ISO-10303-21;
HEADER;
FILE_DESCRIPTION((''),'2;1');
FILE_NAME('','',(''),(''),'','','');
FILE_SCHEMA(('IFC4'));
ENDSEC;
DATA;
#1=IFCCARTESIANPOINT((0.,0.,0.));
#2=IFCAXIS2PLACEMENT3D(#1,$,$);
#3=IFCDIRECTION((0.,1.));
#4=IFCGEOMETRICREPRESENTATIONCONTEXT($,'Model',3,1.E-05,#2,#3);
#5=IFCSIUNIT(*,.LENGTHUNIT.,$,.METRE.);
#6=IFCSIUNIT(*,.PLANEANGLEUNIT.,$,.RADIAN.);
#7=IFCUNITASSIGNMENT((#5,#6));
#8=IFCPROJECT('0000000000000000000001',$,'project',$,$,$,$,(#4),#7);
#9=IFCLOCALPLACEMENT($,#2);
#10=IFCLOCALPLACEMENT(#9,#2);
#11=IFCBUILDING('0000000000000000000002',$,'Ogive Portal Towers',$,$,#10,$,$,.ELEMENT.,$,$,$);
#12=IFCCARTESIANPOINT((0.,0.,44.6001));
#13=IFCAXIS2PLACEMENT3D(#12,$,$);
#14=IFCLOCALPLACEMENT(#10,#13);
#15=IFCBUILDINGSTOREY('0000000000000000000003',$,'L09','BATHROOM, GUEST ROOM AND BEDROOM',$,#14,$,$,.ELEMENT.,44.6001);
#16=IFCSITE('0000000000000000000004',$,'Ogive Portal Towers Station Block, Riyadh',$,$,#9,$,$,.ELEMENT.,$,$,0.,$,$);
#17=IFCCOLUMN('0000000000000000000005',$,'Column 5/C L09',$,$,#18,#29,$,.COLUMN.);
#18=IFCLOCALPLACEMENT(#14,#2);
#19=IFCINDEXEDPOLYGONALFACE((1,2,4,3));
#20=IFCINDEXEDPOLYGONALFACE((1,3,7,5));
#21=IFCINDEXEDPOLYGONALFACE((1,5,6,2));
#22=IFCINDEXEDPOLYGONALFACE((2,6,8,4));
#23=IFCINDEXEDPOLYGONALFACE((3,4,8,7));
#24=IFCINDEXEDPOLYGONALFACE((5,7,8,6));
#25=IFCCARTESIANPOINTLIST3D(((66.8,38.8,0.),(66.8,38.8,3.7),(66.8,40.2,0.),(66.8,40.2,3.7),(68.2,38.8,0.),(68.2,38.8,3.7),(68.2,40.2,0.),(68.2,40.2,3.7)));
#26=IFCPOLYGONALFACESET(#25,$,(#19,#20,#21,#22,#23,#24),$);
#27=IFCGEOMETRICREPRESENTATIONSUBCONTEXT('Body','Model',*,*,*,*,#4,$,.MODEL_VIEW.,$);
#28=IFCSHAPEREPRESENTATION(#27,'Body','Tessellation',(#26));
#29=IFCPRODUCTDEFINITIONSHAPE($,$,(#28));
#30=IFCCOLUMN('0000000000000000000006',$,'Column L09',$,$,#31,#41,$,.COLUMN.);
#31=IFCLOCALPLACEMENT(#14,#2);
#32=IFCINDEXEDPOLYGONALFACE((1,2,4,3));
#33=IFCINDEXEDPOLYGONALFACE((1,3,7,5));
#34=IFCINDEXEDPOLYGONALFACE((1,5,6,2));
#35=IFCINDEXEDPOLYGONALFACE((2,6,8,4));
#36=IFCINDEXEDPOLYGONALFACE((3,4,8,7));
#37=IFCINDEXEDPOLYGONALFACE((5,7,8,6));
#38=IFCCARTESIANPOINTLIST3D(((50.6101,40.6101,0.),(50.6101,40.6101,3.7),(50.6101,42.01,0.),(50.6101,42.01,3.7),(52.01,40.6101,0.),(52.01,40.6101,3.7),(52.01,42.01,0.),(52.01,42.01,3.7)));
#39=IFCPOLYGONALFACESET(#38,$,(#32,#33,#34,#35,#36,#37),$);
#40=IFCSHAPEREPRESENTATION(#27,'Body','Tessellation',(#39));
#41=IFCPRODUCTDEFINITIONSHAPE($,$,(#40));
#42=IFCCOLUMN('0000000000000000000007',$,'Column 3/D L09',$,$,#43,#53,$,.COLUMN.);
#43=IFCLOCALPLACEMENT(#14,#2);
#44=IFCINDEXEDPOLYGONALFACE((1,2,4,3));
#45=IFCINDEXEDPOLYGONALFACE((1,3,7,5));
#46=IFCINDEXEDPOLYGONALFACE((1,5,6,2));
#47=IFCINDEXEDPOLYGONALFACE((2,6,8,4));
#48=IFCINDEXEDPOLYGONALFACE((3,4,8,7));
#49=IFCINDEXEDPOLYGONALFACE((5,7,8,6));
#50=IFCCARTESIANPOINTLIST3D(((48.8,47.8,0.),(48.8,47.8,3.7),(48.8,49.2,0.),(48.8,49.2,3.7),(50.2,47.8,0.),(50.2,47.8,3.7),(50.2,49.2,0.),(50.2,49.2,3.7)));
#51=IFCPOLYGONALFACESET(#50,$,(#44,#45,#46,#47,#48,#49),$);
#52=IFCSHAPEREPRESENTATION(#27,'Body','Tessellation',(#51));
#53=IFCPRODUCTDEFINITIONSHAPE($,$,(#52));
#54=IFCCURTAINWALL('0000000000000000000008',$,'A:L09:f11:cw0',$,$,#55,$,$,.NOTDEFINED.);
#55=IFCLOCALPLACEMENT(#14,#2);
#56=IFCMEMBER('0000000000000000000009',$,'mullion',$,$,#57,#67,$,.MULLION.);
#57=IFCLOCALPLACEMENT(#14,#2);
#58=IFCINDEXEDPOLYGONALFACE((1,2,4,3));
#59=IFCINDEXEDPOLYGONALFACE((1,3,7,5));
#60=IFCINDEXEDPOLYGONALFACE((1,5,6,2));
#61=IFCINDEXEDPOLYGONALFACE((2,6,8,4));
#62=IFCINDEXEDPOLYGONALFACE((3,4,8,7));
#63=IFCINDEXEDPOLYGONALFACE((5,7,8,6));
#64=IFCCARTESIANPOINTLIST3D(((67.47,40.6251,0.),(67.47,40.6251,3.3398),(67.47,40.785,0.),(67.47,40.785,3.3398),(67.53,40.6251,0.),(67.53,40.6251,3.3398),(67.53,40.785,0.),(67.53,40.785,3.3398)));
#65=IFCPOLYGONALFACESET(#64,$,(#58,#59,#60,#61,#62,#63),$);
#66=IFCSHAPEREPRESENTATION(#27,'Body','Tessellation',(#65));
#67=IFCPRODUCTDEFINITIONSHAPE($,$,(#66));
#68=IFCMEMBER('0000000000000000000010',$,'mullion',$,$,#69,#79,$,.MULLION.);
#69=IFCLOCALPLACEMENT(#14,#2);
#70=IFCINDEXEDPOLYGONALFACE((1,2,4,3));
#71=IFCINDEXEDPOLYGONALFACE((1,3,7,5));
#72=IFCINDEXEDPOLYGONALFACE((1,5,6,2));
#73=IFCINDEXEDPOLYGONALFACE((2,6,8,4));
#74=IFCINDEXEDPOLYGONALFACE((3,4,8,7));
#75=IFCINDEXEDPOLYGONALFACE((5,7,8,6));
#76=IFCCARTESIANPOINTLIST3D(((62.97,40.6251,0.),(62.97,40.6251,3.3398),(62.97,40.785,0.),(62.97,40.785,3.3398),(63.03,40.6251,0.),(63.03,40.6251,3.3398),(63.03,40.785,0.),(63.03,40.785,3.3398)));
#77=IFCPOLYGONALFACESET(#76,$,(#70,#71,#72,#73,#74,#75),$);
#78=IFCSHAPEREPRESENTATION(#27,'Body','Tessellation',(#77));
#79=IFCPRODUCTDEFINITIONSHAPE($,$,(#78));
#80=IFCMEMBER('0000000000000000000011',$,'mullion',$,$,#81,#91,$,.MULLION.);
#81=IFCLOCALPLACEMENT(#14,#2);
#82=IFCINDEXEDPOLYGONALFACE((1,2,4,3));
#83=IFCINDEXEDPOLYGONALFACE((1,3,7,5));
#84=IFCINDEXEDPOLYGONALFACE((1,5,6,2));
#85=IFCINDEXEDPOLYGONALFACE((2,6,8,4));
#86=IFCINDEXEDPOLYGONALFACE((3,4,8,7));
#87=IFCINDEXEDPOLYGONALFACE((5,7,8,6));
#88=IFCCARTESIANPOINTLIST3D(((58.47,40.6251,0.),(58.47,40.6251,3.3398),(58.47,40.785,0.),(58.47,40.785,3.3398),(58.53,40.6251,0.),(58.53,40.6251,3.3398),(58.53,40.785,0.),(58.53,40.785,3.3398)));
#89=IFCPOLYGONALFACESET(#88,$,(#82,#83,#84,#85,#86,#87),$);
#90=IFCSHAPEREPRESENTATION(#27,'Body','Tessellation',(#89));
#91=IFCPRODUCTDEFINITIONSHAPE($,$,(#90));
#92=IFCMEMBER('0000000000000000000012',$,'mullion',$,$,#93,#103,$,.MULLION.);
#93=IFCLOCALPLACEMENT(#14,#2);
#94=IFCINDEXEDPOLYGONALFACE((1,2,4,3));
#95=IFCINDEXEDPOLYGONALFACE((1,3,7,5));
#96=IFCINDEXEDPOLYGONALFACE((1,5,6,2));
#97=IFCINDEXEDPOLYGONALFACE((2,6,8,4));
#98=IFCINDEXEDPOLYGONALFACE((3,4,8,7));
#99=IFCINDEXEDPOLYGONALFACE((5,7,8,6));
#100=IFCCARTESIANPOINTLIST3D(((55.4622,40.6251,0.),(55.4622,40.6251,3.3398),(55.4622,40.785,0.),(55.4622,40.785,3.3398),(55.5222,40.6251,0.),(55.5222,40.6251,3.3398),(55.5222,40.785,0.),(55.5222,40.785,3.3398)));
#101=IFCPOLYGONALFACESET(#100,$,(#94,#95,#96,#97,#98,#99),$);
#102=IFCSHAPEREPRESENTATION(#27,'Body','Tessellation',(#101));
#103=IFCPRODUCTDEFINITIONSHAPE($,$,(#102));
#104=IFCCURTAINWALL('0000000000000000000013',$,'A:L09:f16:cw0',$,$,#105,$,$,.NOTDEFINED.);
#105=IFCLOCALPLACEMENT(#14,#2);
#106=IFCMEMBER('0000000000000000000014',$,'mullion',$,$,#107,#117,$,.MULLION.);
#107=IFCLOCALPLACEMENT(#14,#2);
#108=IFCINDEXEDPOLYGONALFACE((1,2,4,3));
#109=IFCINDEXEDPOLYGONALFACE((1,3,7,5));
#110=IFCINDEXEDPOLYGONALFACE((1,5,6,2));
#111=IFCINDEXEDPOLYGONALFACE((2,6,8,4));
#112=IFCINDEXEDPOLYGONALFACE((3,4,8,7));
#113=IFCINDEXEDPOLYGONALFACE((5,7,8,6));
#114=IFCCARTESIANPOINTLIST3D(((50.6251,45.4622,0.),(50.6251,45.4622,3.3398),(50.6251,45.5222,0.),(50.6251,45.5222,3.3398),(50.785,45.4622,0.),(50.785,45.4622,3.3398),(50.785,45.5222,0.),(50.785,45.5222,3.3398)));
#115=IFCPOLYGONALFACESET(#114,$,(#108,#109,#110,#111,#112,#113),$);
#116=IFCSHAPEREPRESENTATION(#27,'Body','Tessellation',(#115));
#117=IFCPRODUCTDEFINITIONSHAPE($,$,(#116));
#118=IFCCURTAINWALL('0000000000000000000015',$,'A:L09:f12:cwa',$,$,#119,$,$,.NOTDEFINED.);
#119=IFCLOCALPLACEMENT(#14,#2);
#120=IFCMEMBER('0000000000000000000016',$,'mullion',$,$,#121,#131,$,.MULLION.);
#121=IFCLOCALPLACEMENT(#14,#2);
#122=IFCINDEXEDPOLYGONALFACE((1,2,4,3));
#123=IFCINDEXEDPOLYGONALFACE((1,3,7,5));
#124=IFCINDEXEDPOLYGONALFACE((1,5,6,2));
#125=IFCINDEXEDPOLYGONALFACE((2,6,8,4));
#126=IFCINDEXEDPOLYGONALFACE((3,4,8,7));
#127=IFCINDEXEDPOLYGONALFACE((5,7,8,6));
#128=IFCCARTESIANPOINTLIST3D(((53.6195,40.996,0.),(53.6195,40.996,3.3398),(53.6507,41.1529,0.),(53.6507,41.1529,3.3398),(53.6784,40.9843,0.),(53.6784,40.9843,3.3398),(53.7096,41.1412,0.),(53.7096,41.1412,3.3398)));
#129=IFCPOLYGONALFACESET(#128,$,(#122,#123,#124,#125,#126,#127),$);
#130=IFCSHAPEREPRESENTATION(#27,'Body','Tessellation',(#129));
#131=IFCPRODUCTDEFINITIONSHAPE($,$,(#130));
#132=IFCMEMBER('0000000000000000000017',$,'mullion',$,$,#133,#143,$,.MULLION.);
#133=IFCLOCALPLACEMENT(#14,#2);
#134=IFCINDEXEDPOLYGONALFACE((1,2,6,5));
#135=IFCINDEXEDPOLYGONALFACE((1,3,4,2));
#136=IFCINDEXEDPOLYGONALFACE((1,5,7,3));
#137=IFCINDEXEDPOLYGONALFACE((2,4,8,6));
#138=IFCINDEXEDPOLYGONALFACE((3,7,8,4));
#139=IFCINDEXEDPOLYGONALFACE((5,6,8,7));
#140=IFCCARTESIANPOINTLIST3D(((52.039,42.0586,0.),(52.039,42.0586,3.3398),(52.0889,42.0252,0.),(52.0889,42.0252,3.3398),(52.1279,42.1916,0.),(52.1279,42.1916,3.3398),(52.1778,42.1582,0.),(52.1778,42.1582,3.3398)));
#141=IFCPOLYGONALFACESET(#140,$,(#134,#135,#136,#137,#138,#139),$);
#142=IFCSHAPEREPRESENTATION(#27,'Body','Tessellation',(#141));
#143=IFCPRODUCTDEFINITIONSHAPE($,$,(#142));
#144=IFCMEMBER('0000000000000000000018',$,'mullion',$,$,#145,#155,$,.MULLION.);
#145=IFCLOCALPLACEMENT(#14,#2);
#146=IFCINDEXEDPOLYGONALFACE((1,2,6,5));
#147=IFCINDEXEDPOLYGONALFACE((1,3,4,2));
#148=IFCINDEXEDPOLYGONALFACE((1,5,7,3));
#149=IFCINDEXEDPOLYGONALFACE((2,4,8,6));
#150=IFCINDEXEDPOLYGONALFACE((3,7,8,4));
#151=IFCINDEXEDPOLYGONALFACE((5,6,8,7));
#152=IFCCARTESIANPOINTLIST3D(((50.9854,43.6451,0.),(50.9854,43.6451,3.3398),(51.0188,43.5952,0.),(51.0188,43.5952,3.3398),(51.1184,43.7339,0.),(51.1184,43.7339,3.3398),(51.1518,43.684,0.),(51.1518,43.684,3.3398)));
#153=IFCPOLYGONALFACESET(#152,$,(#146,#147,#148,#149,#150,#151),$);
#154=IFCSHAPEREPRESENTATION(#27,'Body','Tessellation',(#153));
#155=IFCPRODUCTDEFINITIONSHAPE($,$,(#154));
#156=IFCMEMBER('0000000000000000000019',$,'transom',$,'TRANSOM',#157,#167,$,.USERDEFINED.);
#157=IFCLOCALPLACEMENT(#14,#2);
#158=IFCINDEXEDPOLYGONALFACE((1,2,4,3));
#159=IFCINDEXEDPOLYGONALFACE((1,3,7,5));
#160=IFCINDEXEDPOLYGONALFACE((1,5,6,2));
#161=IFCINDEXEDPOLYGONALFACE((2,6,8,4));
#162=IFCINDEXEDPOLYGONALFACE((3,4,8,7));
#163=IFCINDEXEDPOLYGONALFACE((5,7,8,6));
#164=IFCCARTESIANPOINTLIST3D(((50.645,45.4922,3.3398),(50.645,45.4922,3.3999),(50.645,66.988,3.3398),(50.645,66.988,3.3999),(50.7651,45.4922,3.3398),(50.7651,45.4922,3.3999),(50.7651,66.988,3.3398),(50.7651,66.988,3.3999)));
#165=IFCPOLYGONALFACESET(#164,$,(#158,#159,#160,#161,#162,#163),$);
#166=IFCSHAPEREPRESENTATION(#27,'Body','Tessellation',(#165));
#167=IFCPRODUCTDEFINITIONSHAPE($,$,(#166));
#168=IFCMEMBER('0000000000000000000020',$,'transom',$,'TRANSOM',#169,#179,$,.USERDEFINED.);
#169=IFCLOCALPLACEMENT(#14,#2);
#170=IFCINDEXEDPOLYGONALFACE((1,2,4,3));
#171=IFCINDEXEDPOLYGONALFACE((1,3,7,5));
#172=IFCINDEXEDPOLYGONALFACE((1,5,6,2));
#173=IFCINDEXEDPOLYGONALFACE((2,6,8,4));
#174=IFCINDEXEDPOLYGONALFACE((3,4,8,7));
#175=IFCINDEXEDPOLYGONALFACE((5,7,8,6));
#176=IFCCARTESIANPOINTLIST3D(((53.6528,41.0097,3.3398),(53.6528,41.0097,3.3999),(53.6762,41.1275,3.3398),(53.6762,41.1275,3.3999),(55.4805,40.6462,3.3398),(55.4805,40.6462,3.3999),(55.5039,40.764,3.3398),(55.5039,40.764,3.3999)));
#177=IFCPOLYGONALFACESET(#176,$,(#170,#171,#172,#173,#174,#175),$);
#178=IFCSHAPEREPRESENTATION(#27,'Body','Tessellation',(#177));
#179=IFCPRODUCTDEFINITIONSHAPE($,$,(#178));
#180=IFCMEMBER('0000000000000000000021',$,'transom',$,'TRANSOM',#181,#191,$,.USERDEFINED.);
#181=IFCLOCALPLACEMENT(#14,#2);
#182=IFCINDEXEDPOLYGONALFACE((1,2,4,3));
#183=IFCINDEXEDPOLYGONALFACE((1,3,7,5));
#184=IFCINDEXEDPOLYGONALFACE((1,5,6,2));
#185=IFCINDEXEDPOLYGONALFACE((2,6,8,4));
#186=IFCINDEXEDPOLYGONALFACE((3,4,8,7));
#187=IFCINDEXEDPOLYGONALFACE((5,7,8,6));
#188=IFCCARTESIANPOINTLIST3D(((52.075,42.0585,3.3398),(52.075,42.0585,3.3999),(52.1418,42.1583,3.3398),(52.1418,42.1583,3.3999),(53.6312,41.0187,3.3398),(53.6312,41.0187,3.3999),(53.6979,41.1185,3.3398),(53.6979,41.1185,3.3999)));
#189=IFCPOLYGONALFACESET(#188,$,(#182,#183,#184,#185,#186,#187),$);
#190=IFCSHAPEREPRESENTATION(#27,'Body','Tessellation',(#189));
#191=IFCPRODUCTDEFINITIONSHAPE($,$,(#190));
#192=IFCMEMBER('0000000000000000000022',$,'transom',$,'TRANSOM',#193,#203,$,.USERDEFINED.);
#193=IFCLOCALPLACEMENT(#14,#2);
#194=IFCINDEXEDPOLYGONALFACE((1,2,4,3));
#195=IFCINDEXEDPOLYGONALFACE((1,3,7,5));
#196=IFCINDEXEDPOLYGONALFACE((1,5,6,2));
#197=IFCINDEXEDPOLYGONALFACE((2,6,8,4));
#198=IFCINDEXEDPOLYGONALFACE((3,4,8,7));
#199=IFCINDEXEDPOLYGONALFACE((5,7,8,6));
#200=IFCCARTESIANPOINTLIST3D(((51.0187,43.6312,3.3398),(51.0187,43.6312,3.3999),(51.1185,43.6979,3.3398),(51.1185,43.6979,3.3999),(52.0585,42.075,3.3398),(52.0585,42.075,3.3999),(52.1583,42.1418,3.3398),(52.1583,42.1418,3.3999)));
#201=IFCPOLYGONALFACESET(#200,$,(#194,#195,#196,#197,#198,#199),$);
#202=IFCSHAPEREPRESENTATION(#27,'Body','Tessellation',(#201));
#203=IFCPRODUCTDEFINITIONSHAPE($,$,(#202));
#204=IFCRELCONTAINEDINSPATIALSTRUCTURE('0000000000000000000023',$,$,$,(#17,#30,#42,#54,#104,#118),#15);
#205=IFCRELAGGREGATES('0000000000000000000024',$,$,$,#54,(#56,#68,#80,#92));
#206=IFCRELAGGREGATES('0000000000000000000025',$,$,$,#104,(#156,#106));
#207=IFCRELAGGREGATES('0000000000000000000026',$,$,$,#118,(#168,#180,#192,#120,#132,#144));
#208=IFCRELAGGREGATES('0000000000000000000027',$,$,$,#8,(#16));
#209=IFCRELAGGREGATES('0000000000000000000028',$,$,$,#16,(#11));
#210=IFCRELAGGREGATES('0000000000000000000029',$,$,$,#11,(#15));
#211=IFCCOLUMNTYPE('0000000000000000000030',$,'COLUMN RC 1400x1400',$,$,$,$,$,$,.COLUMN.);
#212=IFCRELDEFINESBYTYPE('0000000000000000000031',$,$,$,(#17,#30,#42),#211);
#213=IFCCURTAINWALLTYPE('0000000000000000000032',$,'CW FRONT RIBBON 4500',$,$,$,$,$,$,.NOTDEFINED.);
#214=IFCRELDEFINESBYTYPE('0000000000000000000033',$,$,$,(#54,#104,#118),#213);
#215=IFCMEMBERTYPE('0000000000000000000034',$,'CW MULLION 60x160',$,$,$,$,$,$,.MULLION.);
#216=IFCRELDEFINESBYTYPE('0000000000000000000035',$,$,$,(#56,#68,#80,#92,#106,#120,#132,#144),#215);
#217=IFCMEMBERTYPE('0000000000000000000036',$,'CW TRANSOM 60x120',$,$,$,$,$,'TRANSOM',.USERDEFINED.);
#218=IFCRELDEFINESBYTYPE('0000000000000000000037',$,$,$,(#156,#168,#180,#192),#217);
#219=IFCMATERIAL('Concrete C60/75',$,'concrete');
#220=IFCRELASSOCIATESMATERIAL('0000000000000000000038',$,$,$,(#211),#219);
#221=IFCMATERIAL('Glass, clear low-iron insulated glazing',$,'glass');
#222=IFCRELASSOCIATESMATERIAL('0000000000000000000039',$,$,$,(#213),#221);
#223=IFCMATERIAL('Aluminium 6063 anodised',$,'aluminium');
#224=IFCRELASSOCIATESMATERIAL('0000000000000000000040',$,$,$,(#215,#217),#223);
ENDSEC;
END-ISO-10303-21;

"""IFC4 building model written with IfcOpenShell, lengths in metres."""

from ifc_helpers import new_model, si_unit, direction, frame, origin, origin_2d, place, context, subcontext, project, spatial, rectangle, extrude, material, material_profile, profile_set, type_object, element, aggregate, save


model = new_model("IFC4")

# Units and contexts
model_context = context("Model", 3, precision=1e-05, world=origin(), true_north=direction((0.0, 1.0)))
body_context = subcontext(model_context, "Body", "Model", "MODEL_VIEW")
ifc_project = project(units=[si_unit("LENGTHUNIT", "METRE"), si_unit("PLANEANGLEUNIT", "RADIAN")], contexts=[model_context])

# Site, building, storey
site_placement = place(None, origin())
site = spatial("IfcSite", under=ifc_project, at=site_placement, Name="Ogive Portal Towers Station Block, Riyadh", CompositionType="ELEMENT", RefElevation=0.0)
building_placement = place(site_placement, origin())
building = spatial("IfcBuilding", under=site, at=building_placement, Name="Ogive Portal Towers", CompositionType="ELEMENT")
storey_placement = place(building_placement, frame((0.0, 0.0, 44.6001)))
storey = spatial("IfcBuildingStorey", under=building, at=storey_placement, Name="L09", Description="BATHROOM, GUEST ROOM AND BEDROOM", CompositionType="ELEMENT", Elevation=44.6001)

# Columns
ifc_material_1 = material(Name="Concrete C60/75", Category="concrete")
ifc_material_profile_1 = material_profile(ifc_material_1, rectangle(XDim=1.3999, YDim=1.3999, at=origin_2d()), Name="RC 1400x1400")
ifc_profile_set_1 = profile_set([ifc_material_profile_1], Name="Concrete C60/75")
column_type = type_object("IfcColumnType", Name="COLUMN RC 1400x1400", PredefinedType="COLUMN", material=ifc_profile_set_1)
for number, where, z_axis, x_axis, name in (
    (1, (67.5, 39.5, 0.0), (0.0, 0.0, 1.0), (1.0, 0.0, 0.0), "Column 5/C L09"),
    (2, (51.3101, 41.3101, 0.0), (0.0, 0.0, 1.0), (1.0, 0.0, 0.0), "Column L09"),
    (3, (49.5, 48.5, 0.0), (0.0, 0.0, 1.0), (1.0, 0.0, 0.0), "Column 3/D L09"),
):
    element("IfcColumn", number, at=place(storey_placement, frame(where, z_axis=z_axis, x_axis=x_axis)), inside=storey, type_object=column_type, Name=name, PredefinedType="COLUMN", context=body_context, shape_type="SweptSolid", body=[
        extrude(rectangle(XDim=1.3999, YDim=1.3999, at=origin_2d()), origin(), (0.0, 0.0, 1.0), 3.7),
    ])

# Curtain wall, members
ifc_material_2 = material(Name="Glass, clear low-iron insulated glazing", Category="glass")
curtain_wall_type = type_object("IfcCurtainWallType", Name="CW FRONT RIBBON 4500", PredefinedType="NOTDEFINED", material=ifc_material_2)
curtain_wall_1_placement = place(storey_placement, origin())
curtain_wall_1 = element("IfcCurtainWall", 4, at=curtain_wall_1_placement, inside=storey, type_object=curtain_wall_type, Name="A:L09:f11:cw0", PredefinedType="NOTDEFINED")
ifc_material_3 = material(Name="Aluminium 6063 anodised", Category="aluminium")
ifc_material_profile_2 = material_profile(ifc_material_3, rectangle(XDim=0.1599, YDim=0.0601, at=origin_2d()), Name="AL 60x160")
ifc_profile_set_2 = profile_set([ifc_material_profile_2], Name="Aluminium 6063 anodised")
member_type_1 = type_object("IfcMemberType", Name="CW MULLION 60x160", PredefinedType="MULLION", material=ifc_profile_set_2)
member_1_placement = place(storey_placement, frame((67.5, 40.7051, 0.0), z_axis=(0.0, 0.0, 1.0), x_axis=(0.0, -1.0, 0.0)))
member_1 = element("IfcMember", 5, at=member_1_placement, type_object=member_type_1, Name="mullion", PredefinedType="MULLION", context=body_context, shape_type="SweptSolid", body=[
    extrude(rectangle(XDim=0.1599, YDim=0.0601, at=origin_2d()), origin(), (0.0, 0.0, 1.0), 3.3398),
])
member_2_placement = place(storey_placement, frame((63.0, 40.7051, 0.0), z_axis=(0.0, 0.0, 1.0), x_axis=(0.0, -1.0, 0.0)))
member_2 = element("IfcMember", 6, at=member_2_placement, type_object=member_type_1, Name="mullion", PredefinedType="MULLION", context=body_context, shape_type="SweptSolid", body=[
    extrude(rectangle(XDim=0.1599, YDim=0.0601, at=origin_2d()), origin(), (0.0, 0.0, 1.0), 3.3398),
])
member_3_placement = place(storey_placement, frame((58.5, 40.7051, 0.0), z_axis=(0.0, 0.0, 1.0), x_axis=(0.0, -1.0, 0.0)))
member_3 = element("IfcMember", 7, at=member_3_placement, type_object=member_type_1, Name="mullion", PredefinedType="MULLION", context=body_context, shape_type="SweptSolid", body=[
    extrude(rectangle(XDim=0.1599, YDim=0.0601, at=origin_2d()), origin(), (0.0, 0.0, 1.0), 3.3398),
])
member_4_placement = place(storey_placement, frame((55.4922, 40.7051, 0.0), z_axis=(0.0, 0.0, 1.0), x_axis=(0.0, -1.0, 0.0)))
member_4 = element("IfcMember", 8, at=member_4_placement, type_object=member_type_1, Name="mullion", PredefinedType="MULLION", context=body_context, shape_type="SweptSolid", body=[
    extrude(rectangle(XDim=0.1599, YDim=0.0601, at=origin_2d()), origin(), (0.0, 0.0, 1.0), 3.3398),
])

# Curtain wall, member
curtain_wall_2_placement = place(storey_placement, origin())
curtain_wall_2 = element("IfcCurtainWall", 9, at=curtain_wall_2_placement, inside=storey, type_object=curtain_wall_type, Name="A:L09:f16:cw0", PredefinedType="NOTDEFINED")
member_5_placement = place(storey_placement, frame((50.7051, 45.4922, 0.0), z_axis=(0.0, 0.0, 1.0), x_axis=(-1.0, 0.0, 0.0)))
member_5 = element("IfcMember", 10, at=member_5_placement, type_object=member_type_1, Name="mullion", PredefinedType="MULLION", context=body_context, shape_type="SweptSolid", body=[
    extrude(rectangle(XDim=0.1599, YDim=0.0601, at=origin_2d()), origin(), (0.0, 0.0, 1.0), 3.3398),
])

# Curtain wall, members
curtain_wall_3_placement = place(storey_placement, origin())
curtain_wall_3 = element("IfcCurtainWall", 11, at=curtain_wall_3_placement, inside=storey, type_object=curtain_wall_type, Name="A:L09:f12:cwa", PredefinedType="NOTDEFINED")
member_6_placement = place(storey_placement, frame((53.6646, 41.0686, 0.0), z_axis=(0.0, 0.0, 1.0), x_axis=(-0.19509, -0.980785, 0.0)))
member_6 = element("IfcMember", 12, at=member_6_placement, type_object=member_type_1, Name="mullion", PredefinedType="MULLION", context=body_context, shape_type="SweptSolid", body=[
    extrude(rectangle(XDim=0.1599, YDim=0.0601, at=origin_2d()), origin(), (0.0, 0.0, 1.0), 3.3398),
])
member_7_placement = place(storey_placement, frame((52.1084, 42.1084, 0.0), z_axis=(0.0, 0.0, 1.0), x_axis=(-0.55557, -0.83147, 0.0)))
member_7 = element("IfcMember", 13, at=member_7_placement, type_object=member_type_1, Name="mullion", PredefinedType="MULLION", context=body_context, shape_type="SweptSolid", body=[
    extrude(rectangle(XDim=0.1599, YDim=0.0601, at=origin_2d()), origin(), (0.0, 0.0, 1.0), 3.3398),
])
member_8_placement = place(storey_placement, frame((51.0686, 43.6646, 0.0), z_axis=(0.0, 0.0, 1.0), x_axis=(-0.83147, -0.55557, 0.0)))
member_8 = element("IfcMember", 14, at=member_8_placement, type_object=member_type_1, Name="mullion", PredefinedType="MULLION", context=body_context, shape_type="SweptSolid", body=[
    extrude(rectangle(XDim=0.1599, YDim=0.0601, at=origin_2d()), origin(), (0.0, 0.0, 1.0), 3.3398),
])

# Members
ifc_material_profile_3 = material_profile(ifc_material_3, rectangle(XDim=0.1201, YDim=0.0601, at=origin_2d()), Name="AL 120x60")
ifc_profile_set_3 = profile_set([ifc_material_profile_3], Name="Aluminium 6063 anodised")
member_type_2 = type_object("IfcMemberType", Name="CW TRANSOM 60x120", ElementType="TRANSOM", PredefinedType="USERDEFINED", material=ifc_profile_set_3)
member_9_placement = place(storey_placement, frame((50.7051, 45.4922, 3.3699), z_axis=(0.0, 1.0, 0.0), x_axis=(-1.0, 0.0, 0.0)))
member_9 = element("IfcMember", 15, at=member_9_placement, type_object=member_type_2, Name="transom", ObjectType="TRANSOM", PredefinedType="USERDEFINED", context=body_context, shape_type="SweptSolid", body=[
    extrude(rectangle(XDim=0.1201, YDim=0.0601, at=origin_2d()), origin(), (0.0, 0.0, 1.0), 21.4958),
])
member_10_placement = place(storey_placement, frame((55.4922, 40.7051, 3.3699), z_axis=(-0.980787, 0.195083, 0.0), x_axis=(-0.195083, -0.980787, 0.0)))
member_10 = element("IfcMember", 16, at=member_10_placement, type_object=member_type_2, Name="transom", ObjectType="TRANSOM", PredefinedType="USERDEFINED", context=body_context, shape_type="SweptSolid", body=[
    extrude(rectangle(XDim=0.1201, YDim=0.0601, at=origin_2d()), origin(), (0.0, 0.0, 1.0), 1.8635),
])
member_11_placement = place(storey_placement, frame((53.6646, 41.0686, 3.3699), z_axis=(-0.831468, 0.555573, 0.0), x_axis=(-0.555573, -0.831468, 0.0)))
member_11 = element("IfcMember", 17, at=member_11_placement, type_object=member_type_2, Name="transom", ObjectType="TRANSOM", PredefinedType="USERDEFINED", context=body_context, shape_type="SweptSolid", body=[
    extrude(rectangle(XDim=0.1201, YDim=0.0601, at=origin_2d()), origin(), (0.0, 0.0, 1.0), 1.8716),
])
member_12_placement = place(storey_placement, frame((52.1084, 42.1084, 3.3699), z_axis=(-0.555573, 0.831468, 0.0), x_axis=(-0.831468, -0.555573, 0.0)))
member_12 = element("IfcMember", 18, at=member_12_placement, type_object=member_type_2, Name="transom", ObjectType="TRANSOM", PredefinedType="USERDEFINED", context=body_context, shape_type="SweptSolid", body=[
    extrude(rectangle(XDim=0.1201, YDim=0.0601, at=origin_2d()), origin(), (0.0, 0.0, 1.0), 1.8716),
])

aggregate(curtain_wall_1, [member_1, member_2, member_3, member_4])
aggregate(curtain_wall_2, [member_9, member_5])
aggregate(curtain_wall_3, [member_10, member_11, member_12, member_6, member_7, member_8])

save(model, "model.ifc")
